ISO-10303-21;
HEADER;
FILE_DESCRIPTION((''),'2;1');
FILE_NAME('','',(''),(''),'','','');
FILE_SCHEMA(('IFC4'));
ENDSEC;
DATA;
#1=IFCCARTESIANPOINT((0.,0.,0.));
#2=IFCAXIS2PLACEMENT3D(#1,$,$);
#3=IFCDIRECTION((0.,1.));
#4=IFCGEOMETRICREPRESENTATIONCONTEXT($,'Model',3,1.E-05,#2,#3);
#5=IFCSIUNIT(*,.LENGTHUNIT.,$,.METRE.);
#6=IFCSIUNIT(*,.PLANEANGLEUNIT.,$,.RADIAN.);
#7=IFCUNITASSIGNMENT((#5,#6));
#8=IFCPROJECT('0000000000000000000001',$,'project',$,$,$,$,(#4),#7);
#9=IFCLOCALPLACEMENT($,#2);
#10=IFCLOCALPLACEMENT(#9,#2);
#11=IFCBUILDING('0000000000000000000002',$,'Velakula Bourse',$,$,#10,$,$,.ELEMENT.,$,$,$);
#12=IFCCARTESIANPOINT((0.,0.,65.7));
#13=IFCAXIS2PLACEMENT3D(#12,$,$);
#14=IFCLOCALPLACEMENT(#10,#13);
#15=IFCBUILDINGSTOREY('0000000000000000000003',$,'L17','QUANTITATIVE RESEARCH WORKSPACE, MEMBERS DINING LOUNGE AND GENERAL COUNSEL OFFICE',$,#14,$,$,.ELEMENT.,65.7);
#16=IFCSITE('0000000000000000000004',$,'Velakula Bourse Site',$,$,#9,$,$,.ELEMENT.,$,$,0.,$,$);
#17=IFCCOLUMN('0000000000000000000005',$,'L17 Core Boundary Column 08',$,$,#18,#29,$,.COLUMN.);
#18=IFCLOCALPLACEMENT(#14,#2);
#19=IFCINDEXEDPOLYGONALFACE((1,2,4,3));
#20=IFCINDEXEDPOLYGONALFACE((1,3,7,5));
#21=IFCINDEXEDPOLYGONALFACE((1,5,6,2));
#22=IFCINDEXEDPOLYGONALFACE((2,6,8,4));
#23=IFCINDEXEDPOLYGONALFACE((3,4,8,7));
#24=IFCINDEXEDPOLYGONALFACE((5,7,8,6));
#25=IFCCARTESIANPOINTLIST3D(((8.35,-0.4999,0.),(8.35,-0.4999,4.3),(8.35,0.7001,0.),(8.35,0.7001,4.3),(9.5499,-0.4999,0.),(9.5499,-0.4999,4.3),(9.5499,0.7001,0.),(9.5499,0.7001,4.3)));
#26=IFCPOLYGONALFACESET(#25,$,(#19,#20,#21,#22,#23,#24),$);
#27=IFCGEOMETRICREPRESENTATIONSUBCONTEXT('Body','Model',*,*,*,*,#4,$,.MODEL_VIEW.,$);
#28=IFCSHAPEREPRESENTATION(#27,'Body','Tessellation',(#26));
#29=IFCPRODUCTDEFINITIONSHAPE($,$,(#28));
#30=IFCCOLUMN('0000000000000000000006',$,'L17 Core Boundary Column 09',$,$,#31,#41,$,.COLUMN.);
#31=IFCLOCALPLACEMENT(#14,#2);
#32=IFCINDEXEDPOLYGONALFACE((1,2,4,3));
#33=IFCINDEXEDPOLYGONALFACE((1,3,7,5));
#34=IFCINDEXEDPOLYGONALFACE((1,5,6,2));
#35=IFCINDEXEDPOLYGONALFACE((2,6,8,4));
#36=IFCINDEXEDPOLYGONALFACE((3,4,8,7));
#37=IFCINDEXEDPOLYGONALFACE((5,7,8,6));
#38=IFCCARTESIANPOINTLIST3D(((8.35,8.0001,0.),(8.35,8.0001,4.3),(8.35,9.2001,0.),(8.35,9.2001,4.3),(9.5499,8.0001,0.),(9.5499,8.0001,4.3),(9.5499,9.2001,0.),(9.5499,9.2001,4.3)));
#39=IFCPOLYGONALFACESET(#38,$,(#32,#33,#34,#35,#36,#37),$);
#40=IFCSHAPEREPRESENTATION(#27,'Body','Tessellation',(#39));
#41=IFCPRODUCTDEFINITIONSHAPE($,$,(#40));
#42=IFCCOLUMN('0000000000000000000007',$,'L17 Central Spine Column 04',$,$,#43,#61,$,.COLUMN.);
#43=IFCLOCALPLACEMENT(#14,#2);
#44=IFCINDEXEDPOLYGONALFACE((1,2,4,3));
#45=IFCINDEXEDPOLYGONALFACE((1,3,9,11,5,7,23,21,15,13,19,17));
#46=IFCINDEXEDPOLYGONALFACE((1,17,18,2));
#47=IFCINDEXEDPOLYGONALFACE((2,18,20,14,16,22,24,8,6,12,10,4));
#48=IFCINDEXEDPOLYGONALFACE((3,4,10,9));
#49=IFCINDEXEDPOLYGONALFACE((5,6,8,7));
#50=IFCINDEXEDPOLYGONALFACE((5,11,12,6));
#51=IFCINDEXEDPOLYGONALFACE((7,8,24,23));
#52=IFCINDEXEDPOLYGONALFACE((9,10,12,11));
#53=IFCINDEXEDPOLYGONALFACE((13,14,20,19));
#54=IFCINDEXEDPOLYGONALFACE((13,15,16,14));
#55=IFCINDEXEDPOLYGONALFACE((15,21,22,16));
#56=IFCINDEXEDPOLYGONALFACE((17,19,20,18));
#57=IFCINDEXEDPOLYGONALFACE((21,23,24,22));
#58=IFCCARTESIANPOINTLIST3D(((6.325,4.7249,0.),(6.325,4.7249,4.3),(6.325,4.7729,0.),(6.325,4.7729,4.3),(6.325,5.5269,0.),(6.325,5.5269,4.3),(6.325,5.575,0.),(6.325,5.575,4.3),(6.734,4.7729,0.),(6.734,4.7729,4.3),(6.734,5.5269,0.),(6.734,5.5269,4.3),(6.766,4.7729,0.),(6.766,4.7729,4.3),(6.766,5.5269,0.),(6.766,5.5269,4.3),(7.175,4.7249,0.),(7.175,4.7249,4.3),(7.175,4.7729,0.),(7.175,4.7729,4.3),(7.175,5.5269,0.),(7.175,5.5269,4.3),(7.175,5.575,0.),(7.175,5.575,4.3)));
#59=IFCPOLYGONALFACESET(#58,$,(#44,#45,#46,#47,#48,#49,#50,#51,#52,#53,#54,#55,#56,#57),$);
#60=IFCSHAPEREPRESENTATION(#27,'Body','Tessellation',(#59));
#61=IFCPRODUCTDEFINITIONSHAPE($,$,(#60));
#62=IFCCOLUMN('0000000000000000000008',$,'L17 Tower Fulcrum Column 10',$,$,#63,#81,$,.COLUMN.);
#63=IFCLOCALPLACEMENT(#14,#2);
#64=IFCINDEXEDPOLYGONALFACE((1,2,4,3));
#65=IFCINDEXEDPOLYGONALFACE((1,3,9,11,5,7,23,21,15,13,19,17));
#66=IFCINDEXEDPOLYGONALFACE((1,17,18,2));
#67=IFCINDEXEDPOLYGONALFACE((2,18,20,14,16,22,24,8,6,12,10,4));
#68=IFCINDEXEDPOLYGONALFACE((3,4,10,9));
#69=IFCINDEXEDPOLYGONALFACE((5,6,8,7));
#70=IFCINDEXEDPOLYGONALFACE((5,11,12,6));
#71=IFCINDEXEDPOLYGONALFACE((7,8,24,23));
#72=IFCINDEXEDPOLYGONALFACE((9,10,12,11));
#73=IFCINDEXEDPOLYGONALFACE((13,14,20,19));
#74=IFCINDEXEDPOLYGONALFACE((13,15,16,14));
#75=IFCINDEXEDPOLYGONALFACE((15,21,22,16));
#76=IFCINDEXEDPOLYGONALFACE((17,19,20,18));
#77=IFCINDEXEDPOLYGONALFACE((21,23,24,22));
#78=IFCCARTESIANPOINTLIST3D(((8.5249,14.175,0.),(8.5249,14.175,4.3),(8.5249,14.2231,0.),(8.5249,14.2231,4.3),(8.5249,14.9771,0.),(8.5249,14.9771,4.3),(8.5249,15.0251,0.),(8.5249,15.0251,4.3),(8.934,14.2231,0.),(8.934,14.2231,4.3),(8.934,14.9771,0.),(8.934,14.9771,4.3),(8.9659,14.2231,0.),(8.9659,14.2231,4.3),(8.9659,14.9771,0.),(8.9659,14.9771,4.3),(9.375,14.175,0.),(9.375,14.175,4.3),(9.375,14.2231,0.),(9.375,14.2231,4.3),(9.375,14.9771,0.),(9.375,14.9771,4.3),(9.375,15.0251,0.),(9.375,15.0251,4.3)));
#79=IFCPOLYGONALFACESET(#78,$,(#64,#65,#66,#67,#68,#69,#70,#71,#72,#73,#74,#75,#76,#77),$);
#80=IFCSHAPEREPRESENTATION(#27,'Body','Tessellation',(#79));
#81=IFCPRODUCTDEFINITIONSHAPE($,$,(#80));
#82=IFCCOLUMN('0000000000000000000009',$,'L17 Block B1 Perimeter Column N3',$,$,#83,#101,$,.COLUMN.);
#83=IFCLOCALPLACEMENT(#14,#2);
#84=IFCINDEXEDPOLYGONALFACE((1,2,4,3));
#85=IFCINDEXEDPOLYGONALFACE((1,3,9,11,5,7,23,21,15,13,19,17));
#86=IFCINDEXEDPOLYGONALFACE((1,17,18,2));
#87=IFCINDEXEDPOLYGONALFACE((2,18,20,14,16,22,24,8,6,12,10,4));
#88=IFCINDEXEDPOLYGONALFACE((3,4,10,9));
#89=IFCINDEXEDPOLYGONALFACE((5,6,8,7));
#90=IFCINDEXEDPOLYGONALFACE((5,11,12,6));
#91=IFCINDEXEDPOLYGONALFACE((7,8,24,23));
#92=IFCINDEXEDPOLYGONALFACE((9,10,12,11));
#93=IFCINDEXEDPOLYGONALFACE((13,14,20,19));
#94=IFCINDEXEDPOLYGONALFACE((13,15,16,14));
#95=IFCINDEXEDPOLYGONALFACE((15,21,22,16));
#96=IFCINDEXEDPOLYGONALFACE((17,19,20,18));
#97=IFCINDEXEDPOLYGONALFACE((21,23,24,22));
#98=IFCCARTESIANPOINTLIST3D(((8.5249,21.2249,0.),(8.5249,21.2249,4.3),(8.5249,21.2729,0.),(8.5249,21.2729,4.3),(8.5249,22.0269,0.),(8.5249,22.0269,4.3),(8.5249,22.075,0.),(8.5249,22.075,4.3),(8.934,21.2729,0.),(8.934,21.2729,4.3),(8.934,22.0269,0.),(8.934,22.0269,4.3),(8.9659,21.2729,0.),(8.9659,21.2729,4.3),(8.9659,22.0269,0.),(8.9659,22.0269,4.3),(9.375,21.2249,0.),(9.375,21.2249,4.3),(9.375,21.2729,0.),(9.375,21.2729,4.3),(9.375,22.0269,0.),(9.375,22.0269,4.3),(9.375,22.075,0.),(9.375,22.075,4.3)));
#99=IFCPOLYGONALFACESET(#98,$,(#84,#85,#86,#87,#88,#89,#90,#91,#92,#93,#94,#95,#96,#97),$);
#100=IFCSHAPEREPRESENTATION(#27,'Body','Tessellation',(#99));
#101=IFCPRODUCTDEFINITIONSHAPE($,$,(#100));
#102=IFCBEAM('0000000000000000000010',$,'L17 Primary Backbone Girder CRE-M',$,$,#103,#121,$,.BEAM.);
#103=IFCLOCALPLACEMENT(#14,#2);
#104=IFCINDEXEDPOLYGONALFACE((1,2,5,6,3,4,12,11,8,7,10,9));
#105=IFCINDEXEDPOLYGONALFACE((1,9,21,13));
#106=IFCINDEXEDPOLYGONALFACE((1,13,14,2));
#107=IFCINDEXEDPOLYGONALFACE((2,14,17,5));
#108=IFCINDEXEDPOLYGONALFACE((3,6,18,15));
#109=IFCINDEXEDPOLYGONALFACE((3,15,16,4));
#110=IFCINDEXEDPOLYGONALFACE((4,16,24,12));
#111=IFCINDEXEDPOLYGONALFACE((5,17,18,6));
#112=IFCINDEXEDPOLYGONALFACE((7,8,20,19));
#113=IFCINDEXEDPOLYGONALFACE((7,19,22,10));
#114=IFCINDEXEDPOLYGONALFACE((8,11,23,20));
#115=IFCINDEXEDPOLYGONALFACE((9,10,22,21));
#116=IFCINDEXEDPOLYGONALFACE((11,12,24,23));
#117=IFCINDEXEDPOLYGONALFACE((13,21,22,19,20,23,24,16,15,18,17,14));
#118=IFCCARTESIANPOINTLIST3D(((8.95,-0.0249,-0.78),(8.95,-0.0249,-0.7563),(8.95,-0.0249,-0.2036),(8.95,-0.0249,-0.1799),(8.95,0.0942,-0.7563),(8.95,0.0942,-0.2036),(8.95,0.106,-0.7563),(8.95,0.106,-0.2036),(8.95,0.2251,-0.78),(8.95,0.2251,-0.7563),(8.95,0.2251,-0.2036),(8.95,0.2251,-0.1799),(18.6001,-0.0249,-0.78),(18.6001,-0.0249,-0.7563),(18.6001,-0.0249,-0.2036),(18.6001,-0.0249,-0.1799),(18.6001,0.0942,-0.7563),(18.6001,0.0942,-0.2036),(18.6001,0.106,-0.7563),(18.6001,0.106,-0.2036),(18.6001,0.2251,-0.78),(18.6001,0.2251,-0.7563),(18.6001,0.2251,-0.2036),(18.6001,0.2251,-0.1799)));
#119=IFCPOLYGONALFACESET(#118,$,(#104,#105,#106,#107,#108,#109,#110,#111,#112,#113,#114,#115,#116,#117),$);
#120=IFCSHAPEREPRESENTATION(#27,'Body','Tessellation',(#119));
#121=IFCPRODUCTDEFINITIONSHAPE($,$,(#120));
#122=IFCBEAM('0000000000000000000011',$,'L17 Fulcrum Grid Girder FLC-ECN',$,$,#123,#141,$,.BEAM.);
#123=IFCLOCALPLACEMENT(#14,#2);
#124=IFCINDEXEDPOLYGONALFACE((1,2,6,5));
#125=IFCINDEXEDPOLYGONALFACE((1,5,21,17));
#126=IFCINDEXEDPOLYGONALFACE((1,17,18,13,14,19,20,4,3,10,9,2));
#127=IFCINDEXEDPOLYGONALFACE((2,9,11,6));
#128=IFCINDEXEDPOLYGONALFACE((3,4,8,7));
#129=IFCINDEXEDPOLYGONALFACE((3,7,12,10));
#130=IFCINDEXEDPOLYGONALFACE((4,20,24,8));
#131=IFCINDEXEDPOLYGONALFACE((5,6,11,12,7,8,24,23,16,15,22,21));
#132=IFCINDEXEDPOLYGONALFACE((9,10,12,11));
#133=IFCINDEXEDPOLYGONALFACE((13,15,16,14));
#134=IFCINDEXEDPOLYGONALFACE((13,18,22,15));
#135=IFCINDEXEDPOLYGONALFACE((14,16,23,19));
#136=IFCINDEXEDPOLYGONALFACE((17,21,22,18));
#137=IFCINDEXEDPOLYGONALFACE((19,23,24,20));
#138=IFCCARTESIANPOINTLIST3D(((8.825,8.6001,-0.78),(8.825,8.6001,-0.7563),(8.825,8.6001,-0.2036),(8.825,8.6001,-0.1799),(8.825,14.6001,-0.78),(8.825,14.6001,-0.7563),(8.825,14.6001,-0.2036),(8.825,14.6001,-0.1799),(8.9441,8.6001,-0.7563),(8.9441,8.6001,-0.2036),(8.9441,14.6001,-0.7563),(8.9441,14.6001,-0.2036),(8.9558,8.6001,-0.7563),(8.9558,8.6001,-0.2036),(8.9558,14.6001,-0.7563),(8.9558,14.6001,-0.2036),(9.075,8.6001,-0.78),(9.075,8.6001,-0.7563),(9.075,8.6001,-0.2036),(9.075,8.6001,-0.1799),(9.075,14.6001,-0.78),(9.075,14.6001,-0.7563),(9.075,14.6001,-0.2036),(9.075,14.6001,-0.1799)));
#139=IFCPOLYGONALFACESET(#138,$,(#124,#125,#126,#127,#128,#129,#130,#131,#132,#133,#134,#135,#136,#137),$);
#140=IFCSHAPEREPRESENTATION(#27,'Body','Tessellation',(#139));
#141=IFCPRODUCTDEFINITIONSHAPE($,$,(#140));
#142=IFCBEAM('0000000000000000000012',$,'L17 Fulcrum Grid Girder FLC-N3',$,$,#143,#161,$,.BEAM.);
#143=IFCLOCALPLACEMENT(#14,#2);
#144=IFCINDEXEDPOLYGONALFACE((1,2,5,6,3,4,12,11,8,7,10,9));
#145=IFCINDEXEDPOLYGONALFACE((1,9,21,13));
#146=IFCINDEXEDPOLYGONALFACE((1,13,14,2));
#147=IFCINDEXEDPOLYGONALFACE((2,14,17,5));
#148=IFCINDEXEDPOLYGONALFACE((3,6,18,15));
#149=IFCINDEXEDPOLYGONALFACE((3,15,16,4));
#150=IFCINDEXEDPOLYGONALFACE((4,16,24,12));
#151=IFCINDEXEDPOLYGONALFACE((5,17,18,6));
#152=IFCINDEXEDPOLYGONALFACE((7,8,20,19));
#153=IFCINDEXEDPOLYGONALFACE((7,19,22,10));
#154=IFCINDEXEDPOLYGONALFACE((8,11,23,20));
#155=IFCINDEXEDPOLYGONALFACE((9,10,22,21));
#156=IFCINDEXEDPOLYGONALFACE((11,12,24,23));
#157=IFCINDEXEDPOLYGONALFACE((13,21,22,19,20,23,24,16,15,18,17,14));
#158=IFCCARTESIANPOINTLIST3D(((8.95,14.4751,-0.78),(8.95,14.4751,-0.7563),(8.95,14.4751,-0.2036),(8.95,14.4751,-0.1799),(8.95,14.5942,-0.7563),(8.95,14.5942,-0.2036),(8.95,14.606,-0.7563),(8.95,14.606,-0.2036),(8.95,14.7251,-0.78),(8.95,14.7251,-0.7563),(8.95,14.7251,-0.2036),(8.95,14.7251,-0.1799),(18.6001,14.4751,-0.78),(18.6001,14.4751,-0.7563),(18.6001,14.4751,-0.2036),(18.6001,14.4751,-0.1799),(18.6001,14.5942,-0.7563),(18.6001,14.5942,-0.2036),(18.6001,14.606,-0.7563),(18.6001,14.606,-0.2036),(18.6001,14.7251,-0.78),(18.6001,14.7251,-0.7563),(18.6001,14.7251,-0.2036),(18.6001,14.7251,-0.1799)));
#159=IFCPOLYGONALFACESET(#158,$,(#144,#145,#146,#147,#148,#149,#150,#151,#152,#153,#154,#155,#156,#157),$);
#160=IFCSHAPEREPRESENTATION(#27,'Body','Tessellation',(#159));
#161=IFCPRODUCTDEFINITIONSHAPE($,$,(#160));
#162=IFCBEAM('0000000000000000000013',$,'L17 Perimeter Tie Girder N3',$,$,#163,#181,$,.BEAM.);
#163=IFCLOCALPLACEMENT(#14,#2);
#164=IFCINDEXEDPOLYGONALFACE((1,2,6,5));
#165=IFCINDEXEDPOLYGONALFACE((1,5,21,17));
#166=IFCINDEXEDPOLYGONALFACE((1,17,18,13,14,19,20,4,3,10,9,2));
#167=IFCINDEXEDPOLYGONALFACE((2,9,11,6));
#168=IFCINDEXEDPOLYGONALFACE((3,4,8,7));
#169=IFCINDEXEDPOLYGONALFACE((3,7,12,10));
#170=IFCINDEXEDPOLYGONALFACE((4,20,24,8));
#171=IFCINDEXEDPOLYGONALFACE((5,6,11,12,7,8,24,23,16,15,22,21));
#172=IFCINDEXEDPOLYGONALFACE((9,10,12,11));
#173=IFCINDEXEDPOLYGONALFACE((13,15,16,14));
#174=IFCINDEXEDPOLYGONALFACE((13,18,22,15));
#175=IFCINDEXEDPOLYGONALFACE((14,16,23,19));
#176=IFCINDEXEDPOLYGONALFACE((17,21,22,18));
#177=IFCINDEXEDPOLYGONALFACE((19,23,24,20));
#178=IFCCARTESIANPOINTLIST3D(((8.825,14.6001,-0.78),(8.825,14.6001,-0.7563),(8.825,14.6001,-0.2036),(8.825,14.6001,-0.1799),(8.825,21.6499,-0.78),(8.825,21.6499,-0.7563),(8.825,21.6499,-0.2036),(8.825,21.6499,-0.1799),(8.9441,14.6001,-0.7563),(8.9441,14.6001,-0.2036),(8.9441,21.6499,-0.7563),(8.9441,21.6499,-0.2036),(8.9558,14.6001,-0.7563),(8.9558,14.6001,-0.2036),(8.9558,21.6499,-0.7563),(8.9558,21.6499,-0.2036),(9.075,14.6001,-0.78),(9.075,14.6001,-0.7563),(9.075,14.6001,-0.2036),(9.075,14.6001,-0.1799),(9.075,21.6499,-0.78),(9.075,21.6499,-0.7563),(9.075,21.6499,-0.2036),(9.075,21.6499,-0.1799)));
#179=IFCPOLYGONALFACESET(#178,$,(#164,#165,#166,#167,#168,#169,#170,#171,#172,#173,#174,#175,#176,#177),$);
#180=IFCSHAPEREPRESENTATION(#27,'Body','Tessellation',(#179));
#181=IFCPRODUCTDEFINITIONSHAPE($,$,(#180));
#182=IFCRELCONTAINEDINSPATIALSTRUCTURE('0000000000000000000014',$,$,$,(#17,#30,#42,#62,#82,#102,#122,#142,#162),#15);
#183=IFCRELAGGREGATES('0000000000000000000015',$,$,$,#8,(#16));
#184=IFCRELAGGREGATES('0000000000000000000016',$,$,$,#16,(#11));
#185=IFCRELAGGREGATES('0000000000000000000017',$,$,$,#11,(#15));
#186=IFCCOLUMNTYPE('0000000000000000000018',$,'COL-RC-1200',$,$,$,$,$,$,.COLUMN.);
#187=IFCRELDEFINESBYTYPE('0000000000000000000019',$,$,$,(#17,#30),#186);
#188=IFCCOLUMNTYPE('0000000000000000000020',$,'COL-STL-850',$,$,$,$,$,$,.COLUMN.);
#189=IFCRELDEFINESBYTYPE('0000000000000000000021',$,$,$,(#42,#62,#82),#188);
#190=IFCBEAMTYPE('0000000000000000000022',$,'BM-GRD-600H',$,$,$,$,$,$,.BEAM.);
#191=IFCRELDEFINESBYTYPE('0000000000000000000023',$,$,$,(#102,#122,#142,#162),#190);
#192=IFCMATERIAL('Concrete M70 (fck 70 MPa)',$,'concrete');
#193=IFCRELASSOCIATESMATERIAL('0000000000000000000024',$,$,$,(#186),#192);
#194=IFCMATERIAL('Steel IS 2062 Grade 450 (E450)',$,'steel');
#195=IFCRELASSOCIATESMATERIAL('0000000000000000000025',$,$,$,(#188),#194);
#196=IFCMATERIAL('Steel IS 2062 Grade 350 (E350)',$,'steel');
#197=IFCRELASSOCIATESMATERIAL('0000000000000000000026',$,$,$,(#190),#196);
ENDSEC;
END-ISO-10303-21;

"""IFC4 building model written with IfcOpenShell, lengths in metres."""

from ifc_helpers import new_model, si_unit, direction, frame, origin, origin_2d, place, context, subcontext, project, spatial, rectangle, i_section, extrude, material, material_profile, profile_set, type_object, element, save


model = new_model("IFC4")

# Units and contexts
model_context = context("Model", 3, precision=1e-05, world=origin(), true_north=direction((0.0, 1.0)))
body_context = subcontext(model_context, "Body", "Model", "MODEL_VIEW")
ifc_project = project(units=[si_unit("LENGTHUNIT", "METRE"), si_unit("PLANEANGLEUNIT", "RADIAN")], contexts=[model_context])

# Site, building, storey
site_placement = place(None, origin())
site = spatial("IfcSite", under=ifc_project, at=site_placement, Name="Velakula Bourse Site", CompositionType="ELEMENT", RefElevation=0.0)
building_placement = place(site_placement, origin())
building = spatial("IfcBuilding", under=site, at=building_placement, Name="Velakula Bourse", CompositionType="ELEMENT")
storey_placement = place(building_placement, frame((0.0, 0.0, 65.7)))
storey = spatial("IfcBuildingStorey", under=building, at=storey_placement, Name="L17", Description="QUANTITATIVE RESEARCH WORKSPACE, MEMBERS DINING LOUNGE AND GENERAL COUNSEL OFFICE", CompositionType="ELEMENT", Elevation=65.7)

# Columns
ifc_material_1 = material(Name="Concrete M70 (fck 70 MPa)", Category="concrete")
ifc_material_profile_1 = material_profile(ifc_material_1, rectangle(XDim=1.2, YDim=1.2, at=origin_2d()), Name="Concrete M70 (fck 70 MPa)")
ifc_profile_set_1 = profile_set([ifc_material_profile_1], Name="Concrete M70 (fck 70 MPa)")
column_type_1 = type_object("IfcColumnType", Name="COL-RC-1200", PredefinedType="COLUMN", material=ifc_profile_set_1)
for number, where, z_axis, x_axis, name in (
    (1, (8.95, 0.1001, 0.0), (0.0, 0.0, 1.0), (1.0, 0.0, 0.0), "L17 Core Boundary Column 08"),
    (2, (8.95, 8.6001, 0.0), (0.0, 0.0, 1.0), (1.0, 0.0, 0.0), "L17 Core Boundary Column 09"),
):
    element("IfcColumn", number, at=place(storey_placement, frame(where, z_axis=z_axis, x_axis=x_axis)), inside=storey, type_object=column_type_1, Name=name, PredefinedType="COLUMN", context=body_context, shape_type="SweptSolid", body=[
        extrude(rectangle(XDim=1.2, YDim=1.2, at=origin_2d()), origin(), (0.0, 0.0, 1.0), 4.3),
    ])
ifc_material_2 = material(Name="Steel IS 2062 Grade 450 (E450)", Category="steel")
ifc_material_profile_2 = material_profile(ifc_material_2, i_section(OverallWidth=0.8501, OverallDepth=0.8501, WebThickness=0.032, FlangeThickness=0.0481, at=origin_2d()), Name="Steel IS 2062 Grade 450 (E450)")
ifc_profile_set_2 = profile_set([ifc_material_profile_2], Name="Steel IS 2062 Grade 450 (E450)")
column_type_2 = type_object("IfcColumnType", Name="COL-STL-850", PredefinedType="COLUMN", material=ifc_profile_set_2)
for number, where, z_axis, x_axis, name in (
    (3, (6.75, 5.1499, 0.0), (0.0, 0.0, 1.0), (1.0, 0.0, 0.0), "L17 Central Spine Column 04"),
    (4, (8.95, 14.6001, 0.0), (0.0, 0.0, 1.0), (1.0, 0.0, 0.0), "L17 Tower Fulcrum Column 10"),
    (5, (8.95, 21.6499, 0.0), (0.0, 0.0, 1.0), (1.0, 0.0, 0.0), "L17 Block B1 Perimeter Column N3"),
):
    element("IfcColumn", number, at=place(storey_placement, frame(where, z_axis=z_axis, x_axis=x_axis)), inside=storey, type_object=column_type_2, Name=name, PredefinedType="COLUMN", context=body_context, shape_type="SweptSolid", body=[
        extrude(i_section(OverallWidth=0.8501, OverallDepth=0.8501, WebThickness=0.032, FlangeThickness=0.0481, at=origin_2d()), origin(), (0.0, 0.0, 1.0), 4.3),
    ])

# Beams
ifc_material_3 = material(Name="Steel IS 2062 Grade 350 (E350)", Category="steel")
ifc_material_profile_3 = material_profile(ifc_material_3, i_section(OverallWidth=0.25, OverallDepth=0.6001, WebThickness=0.0117, FlangeThickness=0.0237, at=origin_2d()), Name="Steel IS 2062 Grade 350 (E350)")
ifc_profile_set_3 = profile_set([ifc_material_profile_3], Name="Steel IS 2062 Grade 350 (E350)")
beam_type_1 = type_object("IfcBeamType", Name="BM-GRD-600H", PredefinedType="BEAM", material=ifc_profile_set_3)
beam_1_placement = place(storey_placement, frame((8.95, 0.1001, -0.48), z_axis=(1.0, 0.0, 0.0), x_axis=(0.0, 1.0, 0.0)))
element("IfcBeam", 6, at=beam_1_placement, inside=storey, type_object=beam_type_1, Name="L17 Primary Backbone Girder CRE-M", PredefinedType="BEAM", context=body_context, shape_type="SweptSolid", body=[
    extrude(i_section(OverallWidth=0.25, OverallDepth=0.6001, WebThickness=0.0117, FlangeThickness=0.0237, at=origin_2d()), origin(), (0.0, 0.0, 1.0), 9.6501),
])
beam_2_placement = place(storey_placement, frame((8.95, 8.6001, -0.48), z_axis=(0.0, 1.0, 0.0), x_axis=(-1.0, 0.0, 0.0)))
element("IfcBeam", 7, at=beam_2_placement, inside=storey, type_object=beam_type_1, Name="L17 Fulcrum Grid Girder FLC-ECN", PredefinedType="BEAM", context=body_context, shape_type="SweptSolid", body=[
    extrude(i_section(OverallWidth=0.25, OverallDepth=0.6001, WebThickness=0.0117, FlangeThickness=0.0237, at=origin_2d()), origin(), (0.0, 0.0, 1.0), 6.0),
])
beam_3_placement = place(storey_placement, frame((8.95, 14.6001, -0.48), z_axis=(1.0, 0.0, 0.0), x_axis=(0.0, 1.0, 0.0)))
element("IfcBeam", 8, at=beam_3_placement, inside=storey, type_object=beam_type_1, Name="L17 Fulcrum Grid Girder FLC-N3", PredefinedType="BEAM", context=body_context, shape_type="SweptSolid", body=[
    extrude(i_section(OverallWidth=0.25, OverallDepth=0.6001, WebThickness=0.0117, FlangeThickness=0.0237, at=origin_2d()), origin(), (0.0, 0.0, 1.0), 9.6501),
])
beam_4_placement = place(storey_placement, frame((8.95, 14.6001, -0.48), z_axis=(0.0, 1.0, 0.0), x_axis=(-1.0, 0.0, 0.0)))
element("IfcBeam", 9, at=beam_4_placement, inside=storey, type_object=beam_type_1, Name="L17 Perimeter Tie Girder N3", PredefinedType="BEAM", context=body_context, shape_type="SweptSolid", body=[
    extrude(i_section(OverallWidth=0.25, OverallDepth=0.6001, WebThickness=0.0117, FlangeThickness=0.0237, at=origin_2d()), origin(), (0.0, 0.0, 1.0), 7.0498),
])

save(model, "model.ifc")
